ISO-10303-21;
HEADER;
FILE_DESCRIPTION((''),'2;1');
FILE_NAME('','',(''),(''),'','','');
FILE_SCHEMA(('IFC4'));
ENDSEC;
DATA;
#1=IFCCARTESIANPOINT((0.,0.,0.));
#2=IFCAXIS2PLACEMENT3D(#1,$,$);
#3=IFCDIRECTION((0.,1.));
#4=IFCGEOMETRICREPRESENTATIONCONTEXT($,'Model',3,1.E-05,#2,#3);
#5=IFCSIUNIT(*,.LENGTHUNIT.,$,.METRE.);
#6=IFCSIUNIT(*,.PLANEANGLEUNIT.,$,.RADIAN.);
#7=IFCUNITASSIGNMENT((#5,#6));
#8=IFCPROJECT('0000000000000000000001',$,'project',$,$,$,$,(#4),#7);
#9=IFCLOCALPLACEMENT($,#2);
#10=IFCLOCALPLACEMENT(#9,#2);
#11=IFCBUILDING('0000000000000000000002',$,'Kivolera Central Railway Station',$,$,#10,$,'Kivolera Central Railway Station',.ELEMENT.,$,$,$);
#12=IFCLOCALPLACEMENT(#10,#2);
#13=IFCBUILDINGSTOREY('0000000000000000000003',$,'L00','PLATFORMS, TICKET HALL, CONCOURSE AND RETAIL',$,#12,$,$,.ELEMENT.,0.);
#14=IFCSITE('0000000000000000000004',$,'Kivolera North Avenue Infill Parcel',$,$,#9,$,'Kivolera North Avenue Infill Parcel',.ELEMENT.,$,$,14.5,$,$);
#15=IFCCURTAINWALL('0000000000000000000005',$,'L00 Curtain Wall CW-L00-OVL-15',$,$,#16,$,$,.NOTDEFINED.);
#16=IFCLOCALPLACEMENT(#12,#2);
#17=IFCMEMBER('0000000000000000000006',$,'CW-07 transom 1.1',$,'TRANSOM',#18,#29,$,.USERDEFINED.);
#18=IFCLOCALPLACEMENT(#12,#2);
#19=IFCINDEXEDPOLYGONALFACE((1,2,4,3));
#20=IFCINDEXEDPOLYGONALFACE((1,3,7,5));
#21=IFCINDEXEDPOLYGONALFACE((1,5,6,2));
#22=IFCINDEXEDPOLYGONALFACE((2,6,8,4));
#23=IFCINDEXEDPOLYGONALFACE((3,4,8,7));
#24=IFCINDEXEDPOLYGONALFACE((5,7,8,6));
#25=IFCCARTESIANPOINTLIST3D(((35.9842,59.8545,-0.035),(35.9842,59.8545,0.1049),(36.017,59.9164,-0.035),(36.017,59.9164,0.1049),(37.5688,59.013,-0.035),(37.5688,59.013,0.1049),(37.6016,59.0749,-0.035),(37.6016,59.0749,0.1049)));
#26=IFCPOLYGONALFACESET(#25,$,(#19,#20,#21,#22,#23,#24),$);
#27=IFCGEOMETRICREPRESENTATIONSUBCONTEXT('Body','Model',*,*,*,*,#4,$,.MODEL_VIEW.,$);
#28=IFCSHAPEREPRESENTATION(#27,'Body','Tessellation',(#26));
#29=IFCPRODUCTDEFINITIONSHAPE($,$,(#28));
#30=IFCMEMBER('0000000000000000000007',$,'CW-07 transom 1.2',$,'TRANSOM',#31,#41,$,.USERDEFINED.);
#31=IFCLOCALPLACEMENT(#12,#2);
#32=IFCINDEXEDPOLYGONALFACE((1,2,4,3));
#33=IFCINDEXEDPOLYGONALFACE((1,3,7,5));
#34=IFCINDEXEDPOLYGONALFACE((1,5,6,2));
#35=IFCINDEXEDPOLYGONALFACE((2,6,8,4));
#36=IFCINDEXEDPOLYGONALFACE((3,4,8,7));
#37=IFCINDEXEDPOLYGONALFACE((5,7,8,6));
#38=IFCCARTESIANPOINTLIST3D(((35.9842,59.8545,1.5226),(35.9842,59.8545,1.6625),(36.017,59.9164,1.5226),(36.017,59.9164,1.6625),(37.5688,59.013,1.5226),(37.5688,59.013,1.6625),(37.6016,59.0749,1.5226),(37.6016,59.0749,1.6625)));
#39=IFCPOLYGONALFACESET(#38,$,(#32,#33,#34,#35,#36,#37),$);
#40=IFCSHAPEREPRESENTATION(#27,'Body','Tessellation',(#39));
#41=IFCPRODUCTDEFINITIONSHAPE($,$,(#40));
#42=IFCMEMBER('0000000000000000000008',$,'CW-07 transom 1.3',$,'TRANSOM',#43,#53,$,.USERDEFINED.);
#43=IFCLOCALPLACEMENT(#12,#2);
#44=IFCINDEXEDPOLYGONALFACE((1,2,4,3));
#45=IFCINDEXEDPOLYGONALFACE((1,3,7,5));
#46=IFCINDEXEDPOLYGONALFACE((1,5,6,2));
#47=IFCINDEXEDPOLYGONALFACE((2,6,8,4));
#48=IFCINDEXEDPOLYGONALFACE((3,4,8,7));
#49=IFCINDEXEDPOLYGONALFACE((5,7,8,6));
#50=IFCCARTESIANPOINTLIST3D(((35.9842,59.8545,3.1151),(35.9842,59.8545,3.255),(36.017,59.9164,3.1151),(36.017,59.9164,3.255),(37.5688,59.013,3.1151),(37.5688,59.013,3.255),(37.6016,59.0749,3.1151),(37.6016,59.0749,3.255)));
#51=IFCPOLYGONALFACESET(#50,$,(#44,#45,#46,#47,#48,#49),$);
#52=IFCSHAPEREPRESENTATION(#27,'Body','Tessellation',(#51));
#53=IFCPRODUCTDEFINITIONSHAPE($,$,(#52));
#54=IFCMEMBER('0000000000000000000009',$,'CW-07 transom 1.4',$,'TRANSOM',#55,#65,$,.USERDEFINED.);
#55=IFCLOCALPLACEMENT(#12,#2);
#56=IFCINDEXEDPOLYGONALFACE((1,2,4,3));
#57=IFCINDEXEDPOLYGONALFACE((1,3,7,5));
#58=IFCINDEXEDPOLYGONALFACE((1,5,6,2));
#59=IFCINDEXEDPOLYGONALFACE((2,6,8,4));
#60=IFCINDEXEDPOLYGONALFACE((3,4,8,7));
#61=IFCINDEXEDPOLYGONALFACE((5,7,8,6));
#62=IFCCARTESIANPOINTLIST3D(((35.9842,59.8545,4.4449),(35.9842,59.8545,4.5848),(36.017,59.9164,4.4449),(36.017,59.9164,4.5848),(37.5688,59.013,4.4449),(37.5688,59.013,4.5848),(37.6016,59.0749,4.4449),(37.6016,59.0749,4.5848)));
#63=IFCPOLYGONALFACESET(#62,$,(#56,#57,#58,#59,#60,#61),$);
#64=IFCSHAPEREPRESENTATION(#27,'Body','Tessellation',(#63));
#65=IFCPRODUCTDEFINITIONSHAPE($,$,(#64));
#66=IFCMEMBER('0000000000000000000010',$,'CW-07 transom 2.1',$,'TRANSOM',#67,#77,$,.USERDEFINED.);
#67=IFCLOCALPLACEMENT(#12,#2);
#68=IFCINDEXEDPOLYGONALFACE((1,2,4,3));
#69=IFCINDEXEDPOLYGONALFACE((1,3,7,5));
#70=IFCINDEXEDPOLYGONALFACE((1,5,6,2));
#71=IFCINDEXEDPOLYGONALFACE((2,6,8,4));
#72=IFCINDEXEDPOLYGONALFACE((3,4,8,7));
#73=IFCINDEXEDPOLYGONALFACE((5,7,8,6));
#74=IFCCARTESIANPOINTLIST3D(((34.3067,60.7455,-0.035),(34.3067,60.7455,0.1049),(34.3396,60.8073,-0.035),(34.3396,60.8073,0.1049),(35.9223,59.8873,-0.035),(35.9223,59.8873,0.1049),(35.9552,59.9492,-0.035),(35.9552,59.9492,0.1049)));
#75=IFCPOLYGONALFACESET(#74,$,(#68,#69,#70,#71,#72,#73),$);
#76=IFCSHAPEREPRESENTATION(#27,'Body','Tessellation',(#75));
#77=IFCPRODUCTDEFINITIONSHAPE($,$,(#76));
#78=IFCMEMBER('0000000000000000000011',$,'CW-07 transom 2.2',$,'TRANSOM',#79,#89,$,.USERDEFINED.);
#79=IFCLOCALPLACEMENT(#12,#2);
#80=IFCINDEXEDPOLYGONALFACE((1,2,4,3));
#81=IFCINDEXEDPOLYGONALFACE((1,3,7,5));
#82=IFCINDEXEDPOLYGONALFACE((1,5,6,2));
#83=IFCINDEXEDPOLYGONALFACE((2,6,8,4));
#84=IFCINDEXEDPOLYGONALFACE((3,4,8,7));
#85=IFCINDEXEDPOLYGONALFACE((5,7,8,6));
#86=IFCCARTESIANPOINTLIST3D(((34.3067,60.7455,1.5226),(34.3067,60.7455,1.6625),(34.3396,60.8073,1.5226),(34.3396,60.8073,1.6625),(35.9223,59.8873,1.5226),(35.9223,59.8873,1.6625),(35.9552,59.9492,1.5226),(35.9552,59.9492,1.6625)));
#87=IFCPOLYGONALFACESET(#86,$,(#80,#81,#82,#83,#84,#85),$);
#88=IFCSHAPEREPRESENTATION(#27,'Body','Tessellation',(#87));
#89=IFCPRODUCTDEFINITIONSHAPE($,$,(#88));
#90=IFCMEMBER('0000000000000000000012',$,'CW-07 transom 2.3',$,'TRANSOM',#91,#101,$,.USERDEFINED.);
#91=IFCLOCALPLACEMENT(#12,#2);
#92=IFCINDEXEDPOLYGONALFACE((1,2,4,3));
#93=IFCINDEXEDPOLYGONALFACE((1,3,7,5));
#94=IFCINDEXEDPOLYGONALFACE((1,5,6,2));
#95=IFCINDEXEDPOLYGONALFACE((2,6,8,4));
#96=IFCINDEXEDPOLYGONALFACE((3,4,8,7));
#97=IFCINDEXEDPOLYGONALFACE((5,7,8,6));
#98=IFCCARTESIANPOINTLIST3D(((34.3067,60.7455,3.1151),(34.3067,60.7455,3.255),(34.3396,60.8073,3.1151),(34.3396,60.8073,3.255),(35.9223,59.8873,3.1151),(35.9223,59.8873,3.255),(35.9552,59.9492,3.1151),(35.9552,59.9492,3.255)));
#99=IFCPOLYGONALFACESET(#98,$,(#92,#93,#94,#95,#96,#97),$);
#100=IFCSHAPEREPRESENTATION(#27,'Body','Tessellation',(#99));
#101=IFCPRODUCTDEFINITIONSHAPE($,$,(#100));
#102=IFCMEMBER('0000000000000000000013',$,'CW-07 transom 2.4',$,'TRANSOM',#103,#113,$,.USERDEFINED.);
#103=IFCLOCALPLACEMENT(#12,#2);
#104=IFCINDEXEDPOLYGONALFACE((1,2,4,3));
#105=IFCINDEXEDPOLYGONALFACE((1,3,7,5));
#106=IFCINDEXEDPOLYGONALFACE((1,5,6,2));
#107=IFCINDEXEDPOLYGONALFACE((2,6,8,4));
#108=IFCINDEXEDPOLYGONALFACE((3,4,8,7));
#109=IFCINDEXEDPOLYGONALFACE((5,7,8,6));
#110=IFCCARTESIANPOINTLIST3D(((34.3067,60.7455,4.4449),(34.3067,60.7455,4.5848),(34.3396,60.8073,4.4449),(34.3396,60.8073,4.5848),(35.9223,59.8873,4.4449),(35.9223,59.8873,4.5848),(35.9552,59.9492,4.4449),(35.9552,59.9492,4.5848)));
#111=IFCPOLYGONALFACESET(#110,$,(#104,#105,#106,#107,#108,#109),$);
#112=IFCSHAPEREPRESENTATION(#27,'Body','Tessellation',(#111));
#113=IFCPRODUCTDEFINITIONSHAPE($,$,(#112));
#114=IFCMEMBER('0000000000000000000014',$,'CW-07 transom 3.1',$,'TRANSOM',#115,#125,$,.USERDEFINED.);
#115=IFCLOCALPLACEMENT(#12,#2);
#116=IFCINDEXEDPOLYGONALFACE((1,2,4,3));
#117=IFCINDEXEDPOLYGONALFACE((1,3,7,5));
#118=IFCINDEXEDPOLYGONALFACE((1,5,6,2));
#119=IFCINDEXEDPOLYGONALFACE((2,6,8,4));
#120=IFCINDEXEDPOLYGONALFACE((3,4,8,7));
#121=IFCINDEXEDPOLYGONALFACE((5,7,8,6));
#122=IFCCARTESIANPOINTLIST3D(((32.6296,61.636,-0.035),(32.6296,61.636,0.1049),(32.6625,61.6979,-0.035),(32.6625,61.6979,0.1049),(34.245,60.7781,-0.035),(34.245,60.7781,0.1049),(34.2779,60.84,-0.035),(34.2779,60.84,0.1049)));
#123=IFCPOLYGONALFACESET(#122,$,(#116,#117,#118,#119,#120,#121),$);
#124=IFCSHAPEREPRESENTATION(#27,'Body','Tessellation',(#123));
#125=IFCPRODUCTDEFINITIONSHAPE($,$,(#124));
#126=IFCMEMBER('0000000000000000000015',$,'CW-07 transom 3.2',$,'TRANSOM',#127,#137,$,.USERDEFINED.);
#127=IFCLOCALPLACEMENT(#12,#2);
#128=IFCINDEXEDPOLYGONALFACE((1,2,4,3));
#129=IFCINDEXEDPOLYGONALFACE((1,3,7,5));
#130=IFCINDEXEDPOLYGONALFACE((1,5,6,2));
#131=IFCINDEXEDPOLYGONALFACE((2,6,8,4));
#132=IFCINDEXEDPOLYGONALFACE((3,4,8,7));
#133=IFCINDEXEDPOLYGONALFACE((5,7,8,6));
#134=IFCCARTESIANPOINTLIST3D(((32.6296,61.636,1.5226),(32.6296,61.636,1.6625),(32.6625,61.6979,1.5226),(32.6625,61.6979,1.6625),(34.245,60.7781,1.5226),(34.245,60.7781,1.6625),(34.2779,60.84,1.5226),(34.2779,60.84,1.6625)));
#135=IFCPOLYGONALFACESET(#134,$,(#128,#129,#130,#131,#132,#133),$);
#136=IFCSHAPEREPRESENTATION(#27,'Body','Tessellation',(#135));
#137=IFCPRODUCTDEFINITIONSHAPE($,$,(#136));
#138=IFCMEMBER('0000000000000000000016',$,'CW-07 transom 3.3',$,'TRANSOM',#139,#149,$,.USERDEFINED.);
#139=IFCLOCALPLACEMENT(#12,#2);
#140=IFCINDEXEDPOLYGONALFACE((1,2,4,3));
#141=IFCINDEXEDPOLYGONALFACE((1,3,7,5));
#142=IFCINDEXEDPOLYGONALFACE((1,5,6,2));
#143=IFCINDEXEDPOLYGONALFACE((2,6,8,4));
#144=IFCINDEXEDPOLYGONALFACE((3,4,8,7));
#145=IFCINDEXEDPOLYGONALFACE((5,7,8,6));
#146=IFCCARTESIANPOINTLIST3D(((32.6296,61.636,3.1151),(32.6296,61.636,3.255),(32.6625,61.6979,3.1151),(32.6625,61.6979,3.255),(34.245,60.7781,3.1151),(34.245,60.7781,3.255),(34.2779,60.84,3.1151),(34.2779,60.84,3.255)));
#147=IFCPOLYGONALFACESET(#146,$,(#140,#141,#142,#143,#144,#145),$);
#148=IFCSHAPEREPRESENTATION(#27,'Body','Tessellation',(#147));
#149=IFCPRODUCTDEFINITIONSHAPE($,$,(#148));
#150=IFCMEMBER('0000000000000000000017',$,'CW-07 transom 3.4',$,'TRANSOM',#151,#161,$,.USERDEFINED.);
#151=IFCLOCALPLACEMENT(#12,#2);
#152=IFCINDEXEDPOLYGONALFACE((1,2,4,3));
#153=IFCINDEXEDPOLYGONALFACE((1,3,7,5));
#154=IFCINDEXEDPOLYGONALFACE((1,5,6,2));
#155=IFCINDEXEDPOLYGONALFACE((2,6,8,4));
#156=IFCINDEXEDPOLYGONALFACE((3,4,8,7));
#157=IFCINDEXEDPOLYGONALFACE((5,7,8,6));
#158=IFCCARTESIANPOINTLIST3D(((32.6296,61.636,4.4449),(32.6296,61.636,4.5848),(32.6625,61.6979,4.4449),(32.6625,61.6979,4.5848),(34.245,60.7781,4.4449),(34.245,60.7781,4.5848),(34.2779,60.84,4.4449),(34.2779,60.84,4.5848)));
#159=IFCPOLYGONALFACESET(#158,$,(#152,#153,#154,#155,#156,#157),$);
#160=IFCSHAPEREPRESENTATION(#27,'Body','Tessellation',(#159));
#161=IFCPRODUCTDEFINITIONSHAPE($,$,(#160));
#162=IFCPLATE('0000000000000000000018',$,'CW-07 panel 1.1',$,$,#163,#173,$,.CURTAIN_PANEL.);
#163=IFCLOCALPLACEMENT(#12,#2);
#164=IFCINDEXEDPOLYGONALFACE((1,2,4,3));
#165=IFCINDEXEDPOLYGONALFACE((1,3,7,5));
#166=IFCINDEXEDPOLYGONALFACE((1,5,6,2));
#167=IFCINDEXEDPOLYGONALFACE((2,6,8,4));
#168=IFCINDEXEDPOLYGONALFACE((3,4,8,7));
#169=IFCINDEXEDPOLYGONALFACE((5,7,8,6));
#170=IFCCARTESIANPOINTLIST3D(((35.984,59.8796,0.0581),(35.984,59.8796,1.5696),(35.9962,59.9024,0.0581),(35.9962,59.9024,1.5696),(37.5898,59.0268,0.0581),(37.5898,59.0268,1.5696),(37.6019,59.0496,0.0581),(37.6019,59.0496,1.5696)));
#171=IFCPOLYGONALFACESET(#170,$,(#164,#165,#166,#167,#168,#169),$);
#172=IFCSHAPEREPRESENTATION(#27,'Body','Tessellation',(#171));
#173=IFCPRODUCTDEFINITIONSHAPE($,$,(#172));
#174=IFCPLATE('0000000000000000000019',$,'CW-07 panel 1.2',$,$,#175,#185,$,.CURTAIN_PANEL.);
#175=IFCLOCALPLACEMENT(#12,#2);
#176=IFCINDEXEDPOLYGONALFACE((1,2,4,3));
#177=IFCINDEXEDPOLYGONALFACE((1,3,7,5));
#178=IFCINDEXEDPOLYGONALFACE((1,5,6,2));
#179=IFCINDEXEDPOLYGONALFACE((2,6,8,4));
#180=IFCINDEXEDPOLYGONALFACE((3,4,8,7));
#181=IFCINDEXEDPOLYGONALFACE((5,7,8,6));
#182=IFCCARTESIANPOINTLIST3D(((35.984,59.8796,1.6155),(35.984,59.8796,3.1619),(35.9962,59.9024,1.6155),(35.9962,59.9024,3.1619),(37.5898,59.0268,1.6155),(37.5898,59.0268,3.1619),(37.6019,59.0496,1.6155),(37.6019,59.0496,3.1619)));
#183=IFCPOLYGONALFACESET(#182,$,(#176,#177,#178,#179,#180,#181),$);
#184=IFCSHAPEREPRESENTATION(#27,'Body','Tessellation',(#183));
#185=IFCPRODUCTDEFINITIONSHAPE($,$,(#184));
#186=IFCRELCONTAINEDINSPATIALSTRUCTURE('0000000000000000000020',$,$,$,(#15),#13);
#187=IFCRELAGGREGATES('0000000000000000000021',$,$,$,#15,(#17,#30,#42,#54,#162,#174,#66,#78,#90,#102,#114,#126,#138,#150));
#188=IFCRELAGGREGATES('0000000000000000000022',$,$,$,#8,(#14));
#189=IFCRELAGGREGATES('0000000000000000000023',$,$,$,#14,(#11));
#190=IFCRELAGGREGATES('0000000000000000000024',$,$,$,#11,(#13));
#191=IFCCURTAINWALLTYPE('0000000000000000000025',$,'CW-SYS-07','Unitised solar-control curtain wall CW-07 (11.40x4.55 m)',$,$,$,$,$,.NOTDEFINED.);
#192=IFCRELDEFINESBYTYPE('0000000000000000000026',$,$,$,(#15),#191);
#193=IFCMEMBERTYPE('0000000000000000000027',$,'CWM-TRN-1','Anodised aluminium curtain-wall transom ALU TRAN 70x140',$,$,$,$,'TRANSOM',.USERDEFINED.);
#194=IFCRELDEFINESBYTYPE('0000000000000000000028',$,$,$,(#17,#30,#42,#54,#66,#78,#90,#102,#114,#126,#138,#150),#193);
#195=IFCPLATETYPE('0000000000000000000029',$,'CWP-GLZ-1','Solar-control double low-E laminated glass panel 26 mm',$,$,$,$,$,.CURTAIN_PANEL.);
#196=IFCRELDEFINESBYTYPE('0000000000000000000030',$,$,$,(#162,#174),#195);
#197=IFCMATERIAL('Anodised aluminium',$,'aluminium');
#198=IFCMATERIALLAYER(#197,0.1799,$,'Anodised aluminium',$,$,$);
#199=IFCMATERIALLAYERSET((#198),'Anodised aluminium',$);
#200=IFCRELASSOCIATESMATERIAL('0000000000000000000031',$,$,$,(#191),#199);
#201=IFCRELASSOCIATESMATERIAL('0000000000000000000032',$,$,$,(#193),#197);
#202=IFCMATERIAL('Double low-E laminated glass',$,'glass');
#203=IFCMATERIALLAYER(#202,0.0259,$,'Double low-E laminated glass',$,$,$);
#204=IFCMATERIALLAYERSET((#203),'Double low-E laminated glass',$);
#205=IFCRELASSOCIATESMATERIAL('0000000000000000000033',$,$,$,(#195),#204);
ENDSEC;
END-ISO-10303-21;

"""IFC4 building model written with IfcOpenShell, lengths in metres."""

from ifc_helpers import new_model, si_unit, direction, frame, origin, origin_2d, place, context, subcontext, project, spatial, rectangle, extrude, material, layer, layer_set, material_profile, profile_set, type_object, element, aggregate, save


model = new_model("IFC4")

# Units and contexts
model_context = context("Model", 3, precision=1e-05, world=origin(), true_north=direction((0.0, 1.0)))
body_context = subcontext(model_context, "Body", "Model", "MODEL_VIEW")
ifc_project = project(units=[si_unit("LENGTHUNIT", "METRE"), si_unit("PLANEANGLEUNIT", "RADIAN")], contexts=[model_context])

# Site, building, storey
site_placement = place(None, origin())
site = spatial("IfcSite", under=ifc_project, at=site_placement, Name="Kivolera North Avenue Infill Parcel", LongName="Kivolera North Avenue Infill Parcel", CompositionType="ELEMENT", RefElevation=14.5)
building_placement = place(site_placement, origin())
building = spatial("IfcBuilding", under=site, at=building_placement, Name="Kivolera Central Railway Station", LongName="Kivolera Central Railway Station", CompositionType="ELEMENT")
storey_placement = place(building_placement, origin())
storey = spatial("IfcBuildingStorey", under=building, at=storey_placement, Name="L00", Description="PLATFORMS, TICKET HALL, CONCOURSE AND RETAIL", CompositionType="ELEMENT", Elevation=0.0)

# Curtain wall, members, plates
ifc_material_1 = material(Name="Anodised aluminium", Category="aluminium")
ifc_layer_1 = layer(ifc_material_1, 0.1799, Name="Anodised aluminium")
ifc_layer_set_1 = layer_set([ifc_layer_1], Name="Anodised aluminium")
curtain_wall_type = type_object("IfcCurtainWallType", Name="CW-SYS-07", Description="Unitised solar-control curtain wall CW-07 (11.40x4.55 m)", PredefinedType="NOTDEFINED", material=ifc_layer_set_1)
curtain_wall_placement = place(storey_placement, origin())
curtain_wall = element("IfcCurtainWall", 1, at=curtain_wall_placement, inside=storey, type_object=curtain_wall_type, Name="L00 Curtain Wall CW-L00-OVL-15", PredefinedType="NOTDEFINED")
ifc_material_profile_1 = material_profile(ifc_material_1, rectangle(XDim=0.0701, YDim=0.1399, at=origin_2d()), Name="ALU TRAN 70x140")
ifc_profile_set_1 = profile_set([ifc_material_profile_1], Name="Anodised aluminium")
member_type_1 = type_object("IfcMemberType", Name="CWM-TRN-1", Description="Anodised aluminium curtain-wall transom ALU TRAN 70x140", ElementType="TRANSOM", PredefinedType="USERDEFINED", material=ifc_profile_set_1)
member_1_placement = place(storey_placement, frame((37.5852, 59.0439, 0.0349), z_axis=(-0.883191, 0.469013, 0.0), x_axis=(-0.469013, -0.883191, 0.0)))
member_1 = element("IfcMember", 2, at=member_1_placement, type_object=member_type_1, Name="CW-07 transom 1.1", ObjectType="TRANSOM", PredefinedType="USERDEFINED", context=body_context, shape_type="SweptSolid", body=[
    extrude(rectangle(XDim=0.0701, YDim=0.1399, at=origin_2d()), origin(), (0.0, 0.0, 1.0), 1.7942),
])
member_2_placement = place(storey_placement, frame((37.5852, 59.0439, 1.5925), z_axis=(-0.883191, 0.469013, 0.0), x_axis=(-0.469013, -0.883191, 0.0)))
member_2 = element("IfcMember", 3, at=member_2_placement, type_object=member_type_1, Name="CW-07 transom 1.2", ObjectType="TRANSOM", PredefinedType="USERDEFINED", context=body_context, shape_type="SweptSolid", body=[
    extrude(rectangle(XDim=0.0701, YDim=0.1399, at=origin_2d()), origin(), (0.0, 0.0, 1.0), 1.7942),
])
member_3_placement = place(storey_placement, frame((37.5852, 59.0439, 3.1851), z_axis=(-0.883191, 0.469013, 0.0), x_axis=(-0.469013, -0.883191, 0.0)))
member_3 = element("IfcMember", 4, at=member_3_placement, type_object=member_type_1, Name="CW-07 transom 1.3", ObjectType="TRANSOM", PredefinedType="USERDEFINED", context=body_context, shape_type="SweptSolid", body=[
    extrude(rectangle(XDim=0.0701, YDim=0.1399, at=origin_2d()), origin(), (0.0, 0.0, 1.0), 1.7942),
])
member_4_placement = place(storey_placement, frame((37.5852, 59.0439, 4.5149), z_axis=(-0.883191, 0.469013, 0.0), x_axis=(-0.469013, -0.883191, 0.0)))
member_4 = element("IfcMember", 5, at=member_4_placement, type_object=member_type_1, Name="CW-07 transom 1.4", ObjectType="TRANSOM", PredefinedType="USERDEFINED", context=body_context, shape_type="SweptSolid", body=[
    extrude(rectangle(XDim=0.0701, YDim=0.1399, at=origin_2d()), origin(), (0.0, 0.0, 1.0), 1.7942),
])
member_5_placement = place(storey_placement, frame((35.9387, 59.9182, 0.0349), z_axis=(-0.883131, 0.469126, 0.0), x_axis=(-0.469126, -0.883131, 0.0)))
member_5 = element("IfcMember", 6, at=member_5_placement, type_object=member_type_1, Name="CW-07 transom 2.1", ObjectType="TRANSOM", PredefinedType="USERDEFINED", context=body_context, shape_type="SweptSolid", body=[
    extrude(rectangle(XDim=0.0701, YDim=0.1399, at=origin_2d()), origin(), (0.0, 0.0, 1.0), 1.8293),
])
member_6_placement = place(storey_placement, frame((35.9387, 59.9182, 1.5925), z_axis=(-0.883131, 0.469126, 0.0), x_axis=(-0.469126, -0.883131, 0.0)))
member_6 = element("IfcMember", 7, at=member_6_placement, type_object=member_type_1, Name="CW-07 transom 2.2", ObjectType="TRANSOM", PredefinedType="USERDEFINED", context=body_context, shape_type="SweptSolid", body=[
    extrude(rectangle(XDim=0.0701, YDim=0.1399, at=origin_2d()), origin(), (0.0, 0.0, 1.0), 1.8293),
])
member_7_placement = place(storey_placement, frame((35.9387, 59.9182, 3.1851), z_axis=(-0.883131, 0.469126, 0.0), x_axis=(-0.469126, -0.883131, 0.0)))
member_7 = element("IfcMember", 8, at=member_7_placement, type_object=member_type_1, Name="CW-07 transom 2.3", ObjectType="TRANSOM", PredefinedType="USERDEFINED", context=body_context, shape_type="SweptSolid", body=[
    extrude(rectangle(XDim=0.0701, YDim=0.1399, at=origin_2d()), origin(), (0.0, 0.0, 1.0), 1.8293),
])
member_8_placement = place(storey_placement, frame((35.9387, 59.9182, 4.5149), z_axis=(-0.883131, 0.469126, 0.0), x_axis=(-0.469126, -0.883131, 0.0)))
member_8 = element("IfcMember", 9, at=member_8_placement, type_object=member_type_1, Name="CW-07 transom 2.4", ObjectType="TRANSOM", PredefinedType="USERDEFINED", context=body_context, shape_type="SweptSolid", body=[
    extrude(rectangle(XDim=0.0701, YDim=0.1399, at=origin_2d()), origin(), (0.0, 0.0, 1.0), 1.8293),
])
member_9_placement = place(storey_placement, frame((34.2615, 60.8091, 0.0349), z_axis=(-0.883187, 0.469022, 0.0), x_axis=(-0.469022, -0.883187, 0.0)))
member_9 = element("IfcMember", 10, at=member_9_placement, type_object=member_type_1, Name="CW-07 transom 3.1", ObjectType="TRANSOM", PredefinedType="USERDEFINED", context=body_context, shape_type="SweptSolid", body=[
    extrude(rectangle(XDim=0.0701, YDim=0.1399, at=origin_2d()), origin(), (0.0, 0.0, 1.0), 1.8291),
])
member_10_placement = place(storey_placement, frame((34.2615, 60.8091, 1.5925), z_axis=(-0.883187, 0.469022, 0.0), x_axis=(-0.469022, -0.883187, 0.0)))
member_10 = element("IfcMember", 11, at=member_10_placement, type_object=member_type_1, Name="CW-07 transom 3.2", ObjectType="TRANSOM", PredefinedType="USERDEFINED", context=body_context, shape_type="SweptSolid", body=[
    extrude(rectangle(XDim=0.0701, YDim=0.1399, at=origin_2d()), origin(), (0.0, 0.0, 1.0), 1.8291),
])
member_11_placement = place(storey_placement, frame((34.2615, 60.8091, 3.1851), z_axis=(-0.883187, 0.469022, 0.0), x_axis=(-0.469022, -0.883187, 0.0)))
member_11 = element("IfcMember", 12, at=member_11_placement, type_object=member_type_1, Name="CW-07 transom 3.3", ObjectType="TRANSOM", PredefinedType="USERDEFINED", context=body_context, shape_type="SweptSolid", body=[
    extrude(rectangle(XDim=0.0701, YDim=0.1399, at=origin_2d()), origin(), (0.0, 0.0, 1.0), 1.8291),
])
member_12_placement = place(storey_placement, frame((34.2615, 60.8091, 4.5149), z_axis=(-0.883187, 0.469022, 0.0), x_axis=(-0.469022, -0.883187, 0.0)))
member_12 = element("IfcMember", 13, at=member_12_placement, type_object=member_type_1, Name="CW-07 transom 3.4", ObjectType="TRANSOM", PredefinedType="USERDEFINED", context=body_context, shape_type="SweptSolid", body=[
    extrude(rectangle(XDim=0.0701, YDim=0.1399, at=origin_2d()), origin(), (0.0, 0.0, 1.0), 1.8291),
])
ifc_material_2 = material(Name="Double low-E laminated glass", Category="glass")
ifc_layer_2 = layer(ifc_material_2, 0.0259, Name="Double low-E laminated glass")
ifc_layer_set_2 = layer_set([ifc_layer_2], Name="Double low-E laminated glass")
plate_type = type_object("IfcPlateType", Name="CWP-GLZ-1", Description="Solar-control double low-E laminated glass panel 26 mm", PredefinedType="CURTAIN_PANEL", material=ifc_layer_set_2)
plate_1_placement = place(storey_placement, frame((36.793, 59.4646, 0.0581), z_axis=(0.0, 0.0, 1.0), x_axis=(-0.88317, 0.469053, 0.0)))
plate_1 = element("IfcPlate", 14, at=plate_1_placement, type_object=plate_type, Name="CW-07 panel 1.1", PredefinedType="CURTAIN_PANEL", context=body_context, shape_type="SweptSolid", body=[
    extrude(rectangle(XDim=1.8181, YDim=0.0259, at=origin_2d()), origin(), (0.0, 0.0, 1.0), 1.5115),
])
plate_2_placement = place(storey_placement, frame((36.793, 59.4646, 1.6155), z_axis=(0.0, 0.0, 1.0), x_axis=(-0.88317, 0.469053, 0.0)))
plate_2 = element("IfcPlate", 15, at=plate_2_placement, type_object=plate_type, Name="CW-07 panel 1.2", PredefinedType="CURTAIN_PANEL", context=body_context, shape_type="SweptSolid", body=[
    extrude(rectangle(XDim=1.8181, YDim=0.0259, at=origin_2d()), origin(), (0.0, 0.0, 1.0), 1.5464),
])
aggregate(curtain_wall, [member_1, member_2, member_3, member_4, plate_1, plate_2, member_5, member_6, member_7, member_8, member_9, member_10, member_11, member_12])

save(model, "model.ifc")
